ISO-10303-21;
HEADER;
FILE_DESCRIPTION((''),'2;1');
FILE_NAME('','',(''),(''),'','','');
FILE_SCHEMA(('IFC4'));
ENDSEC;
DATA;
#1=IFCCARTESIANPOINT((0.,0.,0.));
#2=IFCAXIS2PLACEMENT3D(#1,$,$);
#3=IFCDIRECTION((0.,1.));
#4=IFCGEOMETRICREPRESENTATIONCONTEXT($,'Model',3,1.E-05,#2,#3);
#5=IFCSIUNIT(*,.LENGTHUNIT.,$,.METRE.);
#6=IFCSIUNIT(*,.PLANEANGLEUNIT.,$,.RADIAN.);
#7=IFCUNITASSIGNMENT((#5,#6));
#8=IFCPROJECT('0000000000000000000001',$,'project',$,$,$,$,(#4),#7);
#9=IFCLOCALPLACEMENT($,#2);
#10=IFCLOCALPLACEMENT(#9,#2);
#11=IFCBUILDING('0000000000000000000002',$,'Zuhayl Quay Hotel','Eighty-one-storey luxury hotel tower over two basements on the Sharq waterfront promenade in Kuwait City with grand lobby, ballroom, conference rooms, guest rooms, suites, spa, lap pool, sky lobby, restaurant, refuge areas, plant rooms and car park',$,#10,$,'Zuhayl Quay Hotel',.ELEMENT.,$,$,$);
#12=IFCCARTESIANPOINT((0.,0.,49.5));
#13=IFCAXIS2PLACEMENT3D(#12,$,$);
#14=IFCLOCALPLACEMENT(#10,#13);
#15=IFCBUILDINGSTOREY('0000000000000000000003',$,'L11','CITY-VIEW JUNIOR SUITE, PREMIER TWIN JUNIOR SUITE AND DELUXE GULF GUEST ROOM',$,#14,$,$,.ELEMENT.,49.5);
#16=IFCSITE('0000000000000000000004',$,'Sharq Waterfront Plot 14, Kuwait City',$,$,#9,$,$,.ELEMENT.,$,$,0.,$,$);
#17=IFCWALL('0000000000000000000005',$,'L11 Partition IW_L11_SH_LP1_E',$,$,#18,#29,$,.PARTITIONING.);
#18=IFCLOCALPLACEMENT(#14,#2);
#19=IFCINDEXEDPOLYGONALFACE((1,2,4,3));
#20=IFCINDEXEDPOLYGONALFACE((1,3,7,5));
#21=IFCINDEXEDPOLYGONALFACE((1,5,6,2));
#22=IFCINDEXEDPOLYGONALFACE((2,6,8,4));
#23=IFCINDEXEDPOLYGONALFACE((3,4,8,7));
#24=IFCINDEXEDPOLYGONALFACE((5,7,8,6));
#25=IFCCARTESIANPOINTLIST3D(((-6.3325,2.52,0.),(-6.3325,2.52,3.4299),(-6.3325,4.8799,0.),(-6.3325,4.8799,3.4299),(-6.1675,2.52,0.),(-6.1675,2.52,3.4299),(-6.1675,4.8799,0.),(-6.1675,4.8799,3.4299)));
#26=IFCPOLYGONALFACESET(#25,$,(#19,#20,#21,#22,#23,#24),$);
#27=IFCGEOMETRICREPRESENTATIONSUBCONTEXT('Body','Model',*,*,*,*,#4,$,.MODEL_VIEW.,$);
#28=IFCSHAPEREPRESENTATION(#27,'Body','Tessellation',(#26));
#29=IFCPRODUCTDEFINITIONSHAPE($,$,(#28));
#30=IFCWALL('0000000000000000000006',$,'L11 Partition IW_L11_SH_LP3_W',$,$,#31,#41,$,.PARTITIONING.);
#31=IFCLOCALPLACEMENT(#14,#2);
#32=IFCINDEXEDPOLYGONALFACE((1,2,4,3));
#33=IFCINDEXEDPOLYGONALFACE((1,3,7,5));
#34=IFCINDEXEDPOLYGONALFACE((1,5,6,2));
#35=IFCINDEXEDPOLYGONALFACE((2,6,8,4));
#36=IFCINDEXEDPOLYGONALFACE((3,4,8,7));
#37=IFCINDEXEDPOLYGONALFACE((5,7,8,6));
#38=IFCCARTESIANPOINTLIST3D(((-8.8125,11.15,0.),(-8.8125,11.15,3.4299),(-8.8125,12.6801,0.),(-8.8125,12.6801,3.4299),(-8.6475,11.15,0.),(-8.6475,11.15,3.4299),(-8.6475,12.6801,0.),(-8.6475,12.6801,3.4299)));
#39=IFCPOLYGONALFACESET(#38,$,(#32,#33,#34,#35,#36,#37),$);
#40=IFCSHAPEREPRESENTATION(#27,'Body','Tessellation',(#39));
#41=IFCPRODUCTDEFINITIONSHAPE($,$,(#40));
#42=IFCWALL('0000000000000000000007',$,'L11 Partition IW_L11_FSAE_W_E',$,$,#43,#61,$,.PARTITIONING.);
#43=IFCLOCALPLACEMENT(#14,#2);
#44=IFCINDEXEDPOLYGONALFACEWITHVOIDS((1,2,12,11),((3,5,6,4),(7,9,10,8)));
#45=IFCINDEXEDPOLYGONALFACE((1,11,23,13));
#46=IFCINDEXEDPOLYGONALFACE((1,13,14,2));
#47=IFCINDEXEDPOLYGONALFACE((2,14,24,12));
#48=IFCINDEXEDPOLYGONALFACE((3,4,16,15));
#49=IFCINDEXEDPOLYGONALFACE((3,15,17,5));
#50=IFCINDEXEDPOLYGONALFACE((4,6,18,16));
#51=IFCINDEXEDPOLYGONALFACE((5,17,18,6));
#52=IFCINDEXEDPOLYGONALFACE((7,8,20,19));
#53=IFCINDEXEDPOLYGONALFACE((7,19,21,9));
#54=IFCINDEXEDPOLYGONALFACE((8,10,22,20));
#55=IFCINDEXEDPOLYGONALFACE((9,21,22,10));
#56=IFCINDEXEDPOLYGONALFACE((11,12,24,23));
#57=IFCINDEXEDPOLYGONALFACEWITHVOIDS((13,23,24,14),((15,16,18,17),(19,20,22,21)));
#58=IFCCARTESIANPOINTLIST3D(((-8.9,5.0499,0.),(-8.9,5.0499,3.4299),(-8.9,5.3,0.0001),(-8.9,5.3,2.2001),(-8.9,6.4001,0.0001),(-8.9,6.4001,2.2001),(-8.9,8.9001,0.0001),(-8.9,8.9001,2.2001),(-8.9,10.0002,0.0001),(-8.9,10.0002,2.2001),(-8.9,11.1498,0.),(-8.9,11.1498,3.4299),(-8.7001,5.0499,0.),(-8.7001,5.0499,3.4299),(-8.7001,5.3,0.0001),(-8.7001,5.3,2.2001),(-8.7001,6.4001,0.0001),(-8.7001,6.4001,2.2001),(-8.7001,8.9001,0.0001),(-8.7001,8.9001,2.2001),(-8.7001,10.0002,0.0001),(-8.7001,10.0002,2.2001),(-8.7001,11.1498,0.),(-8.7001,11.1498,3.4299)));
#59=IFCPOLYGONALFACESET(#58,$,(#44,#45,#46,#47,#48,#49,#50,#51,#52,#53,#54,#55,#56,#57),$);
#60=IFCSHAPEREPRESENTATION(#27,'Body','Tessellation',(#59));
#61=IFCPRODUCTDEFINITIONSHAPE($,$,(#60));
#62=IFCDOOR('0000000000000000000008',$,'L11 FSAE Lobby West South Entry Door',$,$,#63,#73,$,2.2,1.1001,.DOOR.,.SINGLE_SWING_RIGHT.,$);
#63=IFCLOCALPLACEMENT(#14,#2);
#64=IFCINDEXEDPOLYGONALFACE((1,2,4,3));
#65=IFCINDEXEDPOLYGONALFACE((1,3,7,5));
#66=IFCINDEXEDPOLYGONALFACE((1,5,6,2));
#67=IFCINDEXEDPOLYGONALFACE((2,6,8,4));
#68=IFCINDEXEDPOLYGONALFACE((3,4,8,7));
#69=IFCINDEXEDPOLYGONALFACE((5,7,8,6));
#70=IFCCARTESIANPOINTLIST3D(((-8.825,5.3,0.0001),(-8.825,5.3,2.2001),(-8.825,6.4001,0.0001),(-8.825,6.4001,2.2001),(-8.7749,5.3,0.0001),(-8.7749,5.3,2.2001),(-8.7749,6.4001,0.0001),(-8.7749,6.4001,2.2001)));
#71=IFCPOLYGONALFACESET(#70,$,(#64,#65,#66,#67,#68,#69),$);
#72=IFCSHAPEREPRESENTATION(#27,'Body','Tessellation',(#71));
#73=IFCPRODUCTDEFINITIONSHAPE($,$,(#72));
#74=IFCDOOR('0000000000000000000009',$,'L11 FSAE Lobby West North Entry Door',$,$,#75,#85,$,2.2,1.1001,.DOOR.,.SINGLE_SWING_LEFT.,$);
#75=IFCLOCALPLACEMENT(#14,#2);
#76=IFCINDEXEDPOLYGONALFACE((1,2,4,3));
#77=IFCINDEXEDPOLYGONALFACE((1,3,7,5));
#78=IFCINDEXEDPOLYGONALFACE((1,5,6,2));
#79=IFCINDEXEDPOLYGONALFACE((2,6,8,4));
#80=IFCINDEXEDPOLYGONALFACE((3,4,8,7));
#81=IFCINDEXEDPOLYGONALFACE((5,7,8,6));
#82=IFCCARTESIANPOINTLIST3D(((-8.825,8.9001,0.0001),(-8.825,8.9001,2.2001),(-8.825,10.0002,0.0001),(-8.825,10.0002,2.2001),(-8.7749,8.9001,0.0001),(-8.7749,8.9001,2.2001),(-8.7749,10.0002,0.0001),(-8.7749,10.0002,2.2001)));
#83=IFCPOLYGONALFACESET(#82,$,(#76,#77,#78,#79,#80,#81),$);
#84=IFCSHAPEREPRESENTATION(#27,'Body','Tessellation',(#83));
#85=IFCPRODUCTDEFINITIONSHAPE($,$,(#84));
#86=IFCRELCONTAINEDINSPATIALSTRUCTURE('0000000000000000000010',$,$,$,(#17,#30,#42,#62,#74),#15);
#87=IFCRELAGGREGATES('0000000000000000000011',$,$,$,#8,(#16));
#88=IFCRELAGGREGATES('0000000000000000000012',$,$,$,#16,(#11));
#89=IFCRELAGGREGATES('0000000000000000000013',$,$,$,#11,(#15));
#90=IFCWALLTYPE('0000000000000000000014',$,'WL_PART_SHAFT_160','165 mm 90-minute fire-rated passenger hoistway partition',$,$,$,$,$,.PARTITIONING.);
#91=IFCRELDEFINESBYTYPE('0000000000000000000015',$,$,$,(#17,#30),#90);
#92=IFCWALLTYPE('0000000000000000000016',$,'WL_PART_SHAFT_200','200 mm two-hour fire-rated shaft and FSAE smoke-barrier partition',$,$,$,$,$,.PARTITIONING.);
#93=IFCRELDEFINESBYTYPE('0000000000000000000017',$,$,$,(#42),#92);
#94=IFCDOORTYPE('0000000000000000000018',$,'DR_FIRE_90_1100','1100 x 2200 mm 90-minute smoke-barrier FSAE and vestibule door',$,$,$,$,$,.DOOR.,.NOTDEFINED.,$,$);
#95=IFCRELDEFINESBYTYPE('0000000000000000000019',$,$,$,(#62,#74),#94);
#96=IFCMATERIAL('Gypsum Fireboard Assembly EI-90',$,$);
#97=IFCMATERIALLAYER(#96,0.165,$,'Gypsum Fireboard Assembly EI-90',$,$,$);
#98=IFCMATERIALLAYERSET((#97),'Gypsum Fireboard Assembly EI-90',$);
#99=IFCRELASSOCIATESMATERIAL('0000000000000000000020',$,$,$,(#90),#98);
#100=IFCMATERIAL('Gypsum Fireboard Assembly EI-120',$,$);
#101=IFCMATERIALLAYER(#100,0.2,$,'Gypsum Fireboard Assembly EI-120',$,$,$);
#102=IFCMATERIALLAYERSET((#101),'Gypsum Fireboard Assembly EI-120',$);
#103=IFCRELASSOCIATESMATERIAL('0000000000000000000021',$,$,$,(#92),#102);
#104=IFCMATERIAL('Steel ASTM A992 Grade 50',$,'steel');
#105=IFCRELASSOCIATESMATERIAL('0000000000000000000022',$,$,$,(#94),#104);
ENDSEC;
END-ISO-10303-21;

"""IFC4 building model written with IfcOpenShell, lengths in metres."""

from ifc_helpers import new_model, si_unit, direction, frame, frame_2d, origin, place, context, subcontext, project, spatial, rectangle, extrude, material, layer, layer_set, type_object, element, fill, save


model = new_model("IFC4")

# Units and contexts
model_context = context("Model", 3, precision=1e-05, world=origin(), true_north=direction((0.0, 1.0)))
body_context = subcontext(model_context, "Body", "Model", "MODEL_VIEW")
ifc_project = project(units=[si_unit("LENGTHUNIT", "METRE"), si_unit("PLANEANGLEUNIT", "RADIAN")], contexts=[model_context])

# Site, building, storey
site_placement = place(None, origin())
site = spatial("IfcSite", under=ifc_project, at=site_placement, Name="Sharq Waterfront Plot 14, Kuwait City", CompositionType="ELEMENT", RefElevation=0.0)
building_placement = place(site_placement, origin())
building = spatial("IfcBuilding", under=site, at=building_placement, Name="Zuhayl Quay Hotel", Description="Eighty-one-storey luxury hotel tower over two basements on the Sharq waterfront promenade in Kuwait City with grand lobby, ballroom, conference rooms, guest rooms, suites, spa, lap pool, sky lobby, restaurant, refuge areas, plant rooms and car park", LongName="Zuhayl Quay Hotel", CompositionType="ELEMENT")
storey_placement = place(building_placement, frame((0.0, 0.0, 49.5)))
storey = spatial("IfcBuildingStorey", under=building, at=storey_placement, Name="L11", Description="CITY-VIEW JUNIOR SUITE, PREMIER TWIN JUNIOR SUITE AND DELUXE GULF GUEST ROOM", CompositionType="ELEMENT", Elevation=49.5)

# Shared definitions
ifc_material_1 = material(Name="Steel ASTM A992 Grade 50", Category="steel")

# Shared definitions
ifc_material_2 = material(Name="Gypsum Fireboard Assembly EI-90")
ifc_layer_1 = layer(ifc_material_2, 0.165, Name="Gypsum Fireboard Assembly EI-90")
ifc_layer_set_1 = layer_set([ifc_layer_1], Name="Gypsum Fireboard Assembly EI-90")
wall_type_1 = type_object("IfcWallType", Name="WL_PART_SHAFT_160", Description="165 mm 90-minute fire-rated passenger hoistway partition", PredefinedType="PARTITIONING", material=ifc_layer_set_1)

# Walls
for number, where, z_axis, x_axis, name in (
    (1, (-6.25, 2.52, 0.0), (0.0, 0.0, 1.0), (0.0, 1.0, 0.0), "L11 Partition IW_L11_SH_LP1_E"),
):
    element("IfcWall", number, at=place(storey_placement, frame(where, z_axis=z_axis, x_axis=x_axis)), inside=storey, type_object=wall_type_1, Name=name, PredefinedType="PARTITIONING", context=body_context, shape_type="SweptSolid", body=[
        extrude(rectangle(XDim=2.3599, YDim=0.165, at=frame_2d((1.1799, 0.0))), origin(), (0.0, 0.0, 1.0), 3.4299),
    ])
wall_1_placement = place(storey_placement, frame((-8.73, 11.1499, 0.0), z_axis=(0.0, 0.0, 1.0), x_axis=(0.0, 1.0, 0.0)))
element("IfcWall", 2, at=wall_1_placement, inside=storey, type_object=wall_type_1, Name="L11 Partition IW_L11_SH_LP3_W", PredefinedType="PARTITIONING", context=body_context, shape_type="SweptSolid", body=[
    extrude(rectangle(XDim=1.53, YDim=0.165, at=frame_2d((0.7651, 0.0))), origin(), (0.0, 0.0, 1.0), 3.4299),
])

# Wall, openings, doors
ifc_material_3 = material(Name="Gypsum Fireboard Assembly EI-120")
ifc_layer_2 = layer(ifc_material_3, 0.2, Name="Gypsum Fireboard Assembly EI-120")
ifc_layer_set_2 = layer_set([ifc_layer_2], Name="Gypsum Fireboard Assembly EI-120")
wall_type_2 = type_object("IfcWallType", Name="WL_PART_SHAFT_200", Description="200 mm two-hour fire-rated shaft and FSAE smoke-barrier partition", PredefinedType="PARTITIONING", material=ifc_layer_set_2)
wall_2_placement = place(storey_placement, frame((-8.8, 5.05, 0.0), z_axis=(0.0, 0.0, 1.0), x_axis=(0.0, 1.0, 0.0)))
wall_2 = element("IfcWall", 3, at=wall_2_placement, inside=storey, type_object=wall_type_2, Name="L11 Partition IW_L11_FSAE_W_E", PredefinedType="PARTITIONING", context=body_context, shape_type="SweptSolid", body=[
    extrude(rectangle(XDim=6.0999, YDim=0.2, at=frame_2d((3.0498, 0.0))), origin(), (0.0, 0.0, 1.0), 3.4299),
])
opening_1_placement = place(wall_2_placement, frame((0.25, 0.0, 0.0)))
opening_1 = element("IfcOpeningElement", 4, at=opening_1_placement, cuts=wall_2, PredefinedType="OPENING", context=body_context, shape_type="SweptSolid", body=[
    extrude(rectangle(XDim=1.1001, YDim=2.2, at=frame_2d((0.55, 1.1001))), frame((0.0, 0.1099, 0.0), z_axis=(0.0, -1.0, 0.0), x_axis=(1.0, 0.0, 0.0)), (0.0, 0.0, 1.0), 0.22),
])
opening_2_placement = place(wall_2_placement, frame((3.8501, 0.0, 0.0)))
opening_2 = element("IfcOpeningElement", 5, at=opening_2_placement, cuts=wall_2, PredefinedType="OPENING", context=body_context, shape_type="SweptSolid", body=[
    extrude(rectangle(XDim=1.1001, YDim=2.2, at=frame_2d((0.55, 1.1001))), frame((0.0, 0.1099, 0.0), z_axis=(0.0, -1.0, 0.0), x_axis=(1.0, 0.0, 0.0)), (0.0, 0.0, 1.0), 0.22),
])
door_type_1 = type_object("IfcDoorType", Name="DR_FIRE_90_1100", Description="1100 x 2200 mm 90-minute smoke-barrier FSAE and vestibule door", OperationType="NOTDEFINED", PredefinedType="DOOR", material=ifc_material_1)
door_1_placement = place(opening_1_placement, origin())
door_1 = element("IfcDoor", 6, at=door_1_placement, inside=storey, type_object=door_type_1, Name="L11 FSAE Lobby West South Entry Door", OperationType="SINGLE_SWING_RIGHT", OverallHeight=2.2, OverallWidth=1.1001, PredefinedType="DOOR", context=body_context, shape_type="SweptSolid", body=[
    extrude(rectangle(XDim=1.1001, YDim=2.2, at=frame_2d((0.55, 1.1001))), frame((0.0, 0.0249, 0.0), z_axis=(0.0, -1.0, 0.0), x_axis=(1.0, 0.0, 0.0)), (0.0, 0.0, 1.0), 0.05),
])
fill(opening_1, door_1)
door_2_placement = place(opening_2_placement, origin())
door_2 = element("IfcDoor", 7, at=door_2_placement, inside=storey, type_object=door_type_1, Name="L11 FSAE Lobby West North Entry Door", OperationType="SINGLE_SWING_LEFT", OverallHeight=2.2, OverallWidth=1.1001, PredefinedType="DOOR", context=body_context, shape_type="SweptSolid", body=[
    extrude(rectangle(XDim=1.1001, YDim=2.2, at=frame_2d((0.55, 1.1001))), frame((0.0, 0.0249, 0.0), z_axis=(0.0, -1.0, 0.0), x_axis=(1.0, 0.0, 0.0)), (0.0, 0.0, 1.0), 0.05),
])
fill(opening_2, door_2)

save(model, "model.ifc")
